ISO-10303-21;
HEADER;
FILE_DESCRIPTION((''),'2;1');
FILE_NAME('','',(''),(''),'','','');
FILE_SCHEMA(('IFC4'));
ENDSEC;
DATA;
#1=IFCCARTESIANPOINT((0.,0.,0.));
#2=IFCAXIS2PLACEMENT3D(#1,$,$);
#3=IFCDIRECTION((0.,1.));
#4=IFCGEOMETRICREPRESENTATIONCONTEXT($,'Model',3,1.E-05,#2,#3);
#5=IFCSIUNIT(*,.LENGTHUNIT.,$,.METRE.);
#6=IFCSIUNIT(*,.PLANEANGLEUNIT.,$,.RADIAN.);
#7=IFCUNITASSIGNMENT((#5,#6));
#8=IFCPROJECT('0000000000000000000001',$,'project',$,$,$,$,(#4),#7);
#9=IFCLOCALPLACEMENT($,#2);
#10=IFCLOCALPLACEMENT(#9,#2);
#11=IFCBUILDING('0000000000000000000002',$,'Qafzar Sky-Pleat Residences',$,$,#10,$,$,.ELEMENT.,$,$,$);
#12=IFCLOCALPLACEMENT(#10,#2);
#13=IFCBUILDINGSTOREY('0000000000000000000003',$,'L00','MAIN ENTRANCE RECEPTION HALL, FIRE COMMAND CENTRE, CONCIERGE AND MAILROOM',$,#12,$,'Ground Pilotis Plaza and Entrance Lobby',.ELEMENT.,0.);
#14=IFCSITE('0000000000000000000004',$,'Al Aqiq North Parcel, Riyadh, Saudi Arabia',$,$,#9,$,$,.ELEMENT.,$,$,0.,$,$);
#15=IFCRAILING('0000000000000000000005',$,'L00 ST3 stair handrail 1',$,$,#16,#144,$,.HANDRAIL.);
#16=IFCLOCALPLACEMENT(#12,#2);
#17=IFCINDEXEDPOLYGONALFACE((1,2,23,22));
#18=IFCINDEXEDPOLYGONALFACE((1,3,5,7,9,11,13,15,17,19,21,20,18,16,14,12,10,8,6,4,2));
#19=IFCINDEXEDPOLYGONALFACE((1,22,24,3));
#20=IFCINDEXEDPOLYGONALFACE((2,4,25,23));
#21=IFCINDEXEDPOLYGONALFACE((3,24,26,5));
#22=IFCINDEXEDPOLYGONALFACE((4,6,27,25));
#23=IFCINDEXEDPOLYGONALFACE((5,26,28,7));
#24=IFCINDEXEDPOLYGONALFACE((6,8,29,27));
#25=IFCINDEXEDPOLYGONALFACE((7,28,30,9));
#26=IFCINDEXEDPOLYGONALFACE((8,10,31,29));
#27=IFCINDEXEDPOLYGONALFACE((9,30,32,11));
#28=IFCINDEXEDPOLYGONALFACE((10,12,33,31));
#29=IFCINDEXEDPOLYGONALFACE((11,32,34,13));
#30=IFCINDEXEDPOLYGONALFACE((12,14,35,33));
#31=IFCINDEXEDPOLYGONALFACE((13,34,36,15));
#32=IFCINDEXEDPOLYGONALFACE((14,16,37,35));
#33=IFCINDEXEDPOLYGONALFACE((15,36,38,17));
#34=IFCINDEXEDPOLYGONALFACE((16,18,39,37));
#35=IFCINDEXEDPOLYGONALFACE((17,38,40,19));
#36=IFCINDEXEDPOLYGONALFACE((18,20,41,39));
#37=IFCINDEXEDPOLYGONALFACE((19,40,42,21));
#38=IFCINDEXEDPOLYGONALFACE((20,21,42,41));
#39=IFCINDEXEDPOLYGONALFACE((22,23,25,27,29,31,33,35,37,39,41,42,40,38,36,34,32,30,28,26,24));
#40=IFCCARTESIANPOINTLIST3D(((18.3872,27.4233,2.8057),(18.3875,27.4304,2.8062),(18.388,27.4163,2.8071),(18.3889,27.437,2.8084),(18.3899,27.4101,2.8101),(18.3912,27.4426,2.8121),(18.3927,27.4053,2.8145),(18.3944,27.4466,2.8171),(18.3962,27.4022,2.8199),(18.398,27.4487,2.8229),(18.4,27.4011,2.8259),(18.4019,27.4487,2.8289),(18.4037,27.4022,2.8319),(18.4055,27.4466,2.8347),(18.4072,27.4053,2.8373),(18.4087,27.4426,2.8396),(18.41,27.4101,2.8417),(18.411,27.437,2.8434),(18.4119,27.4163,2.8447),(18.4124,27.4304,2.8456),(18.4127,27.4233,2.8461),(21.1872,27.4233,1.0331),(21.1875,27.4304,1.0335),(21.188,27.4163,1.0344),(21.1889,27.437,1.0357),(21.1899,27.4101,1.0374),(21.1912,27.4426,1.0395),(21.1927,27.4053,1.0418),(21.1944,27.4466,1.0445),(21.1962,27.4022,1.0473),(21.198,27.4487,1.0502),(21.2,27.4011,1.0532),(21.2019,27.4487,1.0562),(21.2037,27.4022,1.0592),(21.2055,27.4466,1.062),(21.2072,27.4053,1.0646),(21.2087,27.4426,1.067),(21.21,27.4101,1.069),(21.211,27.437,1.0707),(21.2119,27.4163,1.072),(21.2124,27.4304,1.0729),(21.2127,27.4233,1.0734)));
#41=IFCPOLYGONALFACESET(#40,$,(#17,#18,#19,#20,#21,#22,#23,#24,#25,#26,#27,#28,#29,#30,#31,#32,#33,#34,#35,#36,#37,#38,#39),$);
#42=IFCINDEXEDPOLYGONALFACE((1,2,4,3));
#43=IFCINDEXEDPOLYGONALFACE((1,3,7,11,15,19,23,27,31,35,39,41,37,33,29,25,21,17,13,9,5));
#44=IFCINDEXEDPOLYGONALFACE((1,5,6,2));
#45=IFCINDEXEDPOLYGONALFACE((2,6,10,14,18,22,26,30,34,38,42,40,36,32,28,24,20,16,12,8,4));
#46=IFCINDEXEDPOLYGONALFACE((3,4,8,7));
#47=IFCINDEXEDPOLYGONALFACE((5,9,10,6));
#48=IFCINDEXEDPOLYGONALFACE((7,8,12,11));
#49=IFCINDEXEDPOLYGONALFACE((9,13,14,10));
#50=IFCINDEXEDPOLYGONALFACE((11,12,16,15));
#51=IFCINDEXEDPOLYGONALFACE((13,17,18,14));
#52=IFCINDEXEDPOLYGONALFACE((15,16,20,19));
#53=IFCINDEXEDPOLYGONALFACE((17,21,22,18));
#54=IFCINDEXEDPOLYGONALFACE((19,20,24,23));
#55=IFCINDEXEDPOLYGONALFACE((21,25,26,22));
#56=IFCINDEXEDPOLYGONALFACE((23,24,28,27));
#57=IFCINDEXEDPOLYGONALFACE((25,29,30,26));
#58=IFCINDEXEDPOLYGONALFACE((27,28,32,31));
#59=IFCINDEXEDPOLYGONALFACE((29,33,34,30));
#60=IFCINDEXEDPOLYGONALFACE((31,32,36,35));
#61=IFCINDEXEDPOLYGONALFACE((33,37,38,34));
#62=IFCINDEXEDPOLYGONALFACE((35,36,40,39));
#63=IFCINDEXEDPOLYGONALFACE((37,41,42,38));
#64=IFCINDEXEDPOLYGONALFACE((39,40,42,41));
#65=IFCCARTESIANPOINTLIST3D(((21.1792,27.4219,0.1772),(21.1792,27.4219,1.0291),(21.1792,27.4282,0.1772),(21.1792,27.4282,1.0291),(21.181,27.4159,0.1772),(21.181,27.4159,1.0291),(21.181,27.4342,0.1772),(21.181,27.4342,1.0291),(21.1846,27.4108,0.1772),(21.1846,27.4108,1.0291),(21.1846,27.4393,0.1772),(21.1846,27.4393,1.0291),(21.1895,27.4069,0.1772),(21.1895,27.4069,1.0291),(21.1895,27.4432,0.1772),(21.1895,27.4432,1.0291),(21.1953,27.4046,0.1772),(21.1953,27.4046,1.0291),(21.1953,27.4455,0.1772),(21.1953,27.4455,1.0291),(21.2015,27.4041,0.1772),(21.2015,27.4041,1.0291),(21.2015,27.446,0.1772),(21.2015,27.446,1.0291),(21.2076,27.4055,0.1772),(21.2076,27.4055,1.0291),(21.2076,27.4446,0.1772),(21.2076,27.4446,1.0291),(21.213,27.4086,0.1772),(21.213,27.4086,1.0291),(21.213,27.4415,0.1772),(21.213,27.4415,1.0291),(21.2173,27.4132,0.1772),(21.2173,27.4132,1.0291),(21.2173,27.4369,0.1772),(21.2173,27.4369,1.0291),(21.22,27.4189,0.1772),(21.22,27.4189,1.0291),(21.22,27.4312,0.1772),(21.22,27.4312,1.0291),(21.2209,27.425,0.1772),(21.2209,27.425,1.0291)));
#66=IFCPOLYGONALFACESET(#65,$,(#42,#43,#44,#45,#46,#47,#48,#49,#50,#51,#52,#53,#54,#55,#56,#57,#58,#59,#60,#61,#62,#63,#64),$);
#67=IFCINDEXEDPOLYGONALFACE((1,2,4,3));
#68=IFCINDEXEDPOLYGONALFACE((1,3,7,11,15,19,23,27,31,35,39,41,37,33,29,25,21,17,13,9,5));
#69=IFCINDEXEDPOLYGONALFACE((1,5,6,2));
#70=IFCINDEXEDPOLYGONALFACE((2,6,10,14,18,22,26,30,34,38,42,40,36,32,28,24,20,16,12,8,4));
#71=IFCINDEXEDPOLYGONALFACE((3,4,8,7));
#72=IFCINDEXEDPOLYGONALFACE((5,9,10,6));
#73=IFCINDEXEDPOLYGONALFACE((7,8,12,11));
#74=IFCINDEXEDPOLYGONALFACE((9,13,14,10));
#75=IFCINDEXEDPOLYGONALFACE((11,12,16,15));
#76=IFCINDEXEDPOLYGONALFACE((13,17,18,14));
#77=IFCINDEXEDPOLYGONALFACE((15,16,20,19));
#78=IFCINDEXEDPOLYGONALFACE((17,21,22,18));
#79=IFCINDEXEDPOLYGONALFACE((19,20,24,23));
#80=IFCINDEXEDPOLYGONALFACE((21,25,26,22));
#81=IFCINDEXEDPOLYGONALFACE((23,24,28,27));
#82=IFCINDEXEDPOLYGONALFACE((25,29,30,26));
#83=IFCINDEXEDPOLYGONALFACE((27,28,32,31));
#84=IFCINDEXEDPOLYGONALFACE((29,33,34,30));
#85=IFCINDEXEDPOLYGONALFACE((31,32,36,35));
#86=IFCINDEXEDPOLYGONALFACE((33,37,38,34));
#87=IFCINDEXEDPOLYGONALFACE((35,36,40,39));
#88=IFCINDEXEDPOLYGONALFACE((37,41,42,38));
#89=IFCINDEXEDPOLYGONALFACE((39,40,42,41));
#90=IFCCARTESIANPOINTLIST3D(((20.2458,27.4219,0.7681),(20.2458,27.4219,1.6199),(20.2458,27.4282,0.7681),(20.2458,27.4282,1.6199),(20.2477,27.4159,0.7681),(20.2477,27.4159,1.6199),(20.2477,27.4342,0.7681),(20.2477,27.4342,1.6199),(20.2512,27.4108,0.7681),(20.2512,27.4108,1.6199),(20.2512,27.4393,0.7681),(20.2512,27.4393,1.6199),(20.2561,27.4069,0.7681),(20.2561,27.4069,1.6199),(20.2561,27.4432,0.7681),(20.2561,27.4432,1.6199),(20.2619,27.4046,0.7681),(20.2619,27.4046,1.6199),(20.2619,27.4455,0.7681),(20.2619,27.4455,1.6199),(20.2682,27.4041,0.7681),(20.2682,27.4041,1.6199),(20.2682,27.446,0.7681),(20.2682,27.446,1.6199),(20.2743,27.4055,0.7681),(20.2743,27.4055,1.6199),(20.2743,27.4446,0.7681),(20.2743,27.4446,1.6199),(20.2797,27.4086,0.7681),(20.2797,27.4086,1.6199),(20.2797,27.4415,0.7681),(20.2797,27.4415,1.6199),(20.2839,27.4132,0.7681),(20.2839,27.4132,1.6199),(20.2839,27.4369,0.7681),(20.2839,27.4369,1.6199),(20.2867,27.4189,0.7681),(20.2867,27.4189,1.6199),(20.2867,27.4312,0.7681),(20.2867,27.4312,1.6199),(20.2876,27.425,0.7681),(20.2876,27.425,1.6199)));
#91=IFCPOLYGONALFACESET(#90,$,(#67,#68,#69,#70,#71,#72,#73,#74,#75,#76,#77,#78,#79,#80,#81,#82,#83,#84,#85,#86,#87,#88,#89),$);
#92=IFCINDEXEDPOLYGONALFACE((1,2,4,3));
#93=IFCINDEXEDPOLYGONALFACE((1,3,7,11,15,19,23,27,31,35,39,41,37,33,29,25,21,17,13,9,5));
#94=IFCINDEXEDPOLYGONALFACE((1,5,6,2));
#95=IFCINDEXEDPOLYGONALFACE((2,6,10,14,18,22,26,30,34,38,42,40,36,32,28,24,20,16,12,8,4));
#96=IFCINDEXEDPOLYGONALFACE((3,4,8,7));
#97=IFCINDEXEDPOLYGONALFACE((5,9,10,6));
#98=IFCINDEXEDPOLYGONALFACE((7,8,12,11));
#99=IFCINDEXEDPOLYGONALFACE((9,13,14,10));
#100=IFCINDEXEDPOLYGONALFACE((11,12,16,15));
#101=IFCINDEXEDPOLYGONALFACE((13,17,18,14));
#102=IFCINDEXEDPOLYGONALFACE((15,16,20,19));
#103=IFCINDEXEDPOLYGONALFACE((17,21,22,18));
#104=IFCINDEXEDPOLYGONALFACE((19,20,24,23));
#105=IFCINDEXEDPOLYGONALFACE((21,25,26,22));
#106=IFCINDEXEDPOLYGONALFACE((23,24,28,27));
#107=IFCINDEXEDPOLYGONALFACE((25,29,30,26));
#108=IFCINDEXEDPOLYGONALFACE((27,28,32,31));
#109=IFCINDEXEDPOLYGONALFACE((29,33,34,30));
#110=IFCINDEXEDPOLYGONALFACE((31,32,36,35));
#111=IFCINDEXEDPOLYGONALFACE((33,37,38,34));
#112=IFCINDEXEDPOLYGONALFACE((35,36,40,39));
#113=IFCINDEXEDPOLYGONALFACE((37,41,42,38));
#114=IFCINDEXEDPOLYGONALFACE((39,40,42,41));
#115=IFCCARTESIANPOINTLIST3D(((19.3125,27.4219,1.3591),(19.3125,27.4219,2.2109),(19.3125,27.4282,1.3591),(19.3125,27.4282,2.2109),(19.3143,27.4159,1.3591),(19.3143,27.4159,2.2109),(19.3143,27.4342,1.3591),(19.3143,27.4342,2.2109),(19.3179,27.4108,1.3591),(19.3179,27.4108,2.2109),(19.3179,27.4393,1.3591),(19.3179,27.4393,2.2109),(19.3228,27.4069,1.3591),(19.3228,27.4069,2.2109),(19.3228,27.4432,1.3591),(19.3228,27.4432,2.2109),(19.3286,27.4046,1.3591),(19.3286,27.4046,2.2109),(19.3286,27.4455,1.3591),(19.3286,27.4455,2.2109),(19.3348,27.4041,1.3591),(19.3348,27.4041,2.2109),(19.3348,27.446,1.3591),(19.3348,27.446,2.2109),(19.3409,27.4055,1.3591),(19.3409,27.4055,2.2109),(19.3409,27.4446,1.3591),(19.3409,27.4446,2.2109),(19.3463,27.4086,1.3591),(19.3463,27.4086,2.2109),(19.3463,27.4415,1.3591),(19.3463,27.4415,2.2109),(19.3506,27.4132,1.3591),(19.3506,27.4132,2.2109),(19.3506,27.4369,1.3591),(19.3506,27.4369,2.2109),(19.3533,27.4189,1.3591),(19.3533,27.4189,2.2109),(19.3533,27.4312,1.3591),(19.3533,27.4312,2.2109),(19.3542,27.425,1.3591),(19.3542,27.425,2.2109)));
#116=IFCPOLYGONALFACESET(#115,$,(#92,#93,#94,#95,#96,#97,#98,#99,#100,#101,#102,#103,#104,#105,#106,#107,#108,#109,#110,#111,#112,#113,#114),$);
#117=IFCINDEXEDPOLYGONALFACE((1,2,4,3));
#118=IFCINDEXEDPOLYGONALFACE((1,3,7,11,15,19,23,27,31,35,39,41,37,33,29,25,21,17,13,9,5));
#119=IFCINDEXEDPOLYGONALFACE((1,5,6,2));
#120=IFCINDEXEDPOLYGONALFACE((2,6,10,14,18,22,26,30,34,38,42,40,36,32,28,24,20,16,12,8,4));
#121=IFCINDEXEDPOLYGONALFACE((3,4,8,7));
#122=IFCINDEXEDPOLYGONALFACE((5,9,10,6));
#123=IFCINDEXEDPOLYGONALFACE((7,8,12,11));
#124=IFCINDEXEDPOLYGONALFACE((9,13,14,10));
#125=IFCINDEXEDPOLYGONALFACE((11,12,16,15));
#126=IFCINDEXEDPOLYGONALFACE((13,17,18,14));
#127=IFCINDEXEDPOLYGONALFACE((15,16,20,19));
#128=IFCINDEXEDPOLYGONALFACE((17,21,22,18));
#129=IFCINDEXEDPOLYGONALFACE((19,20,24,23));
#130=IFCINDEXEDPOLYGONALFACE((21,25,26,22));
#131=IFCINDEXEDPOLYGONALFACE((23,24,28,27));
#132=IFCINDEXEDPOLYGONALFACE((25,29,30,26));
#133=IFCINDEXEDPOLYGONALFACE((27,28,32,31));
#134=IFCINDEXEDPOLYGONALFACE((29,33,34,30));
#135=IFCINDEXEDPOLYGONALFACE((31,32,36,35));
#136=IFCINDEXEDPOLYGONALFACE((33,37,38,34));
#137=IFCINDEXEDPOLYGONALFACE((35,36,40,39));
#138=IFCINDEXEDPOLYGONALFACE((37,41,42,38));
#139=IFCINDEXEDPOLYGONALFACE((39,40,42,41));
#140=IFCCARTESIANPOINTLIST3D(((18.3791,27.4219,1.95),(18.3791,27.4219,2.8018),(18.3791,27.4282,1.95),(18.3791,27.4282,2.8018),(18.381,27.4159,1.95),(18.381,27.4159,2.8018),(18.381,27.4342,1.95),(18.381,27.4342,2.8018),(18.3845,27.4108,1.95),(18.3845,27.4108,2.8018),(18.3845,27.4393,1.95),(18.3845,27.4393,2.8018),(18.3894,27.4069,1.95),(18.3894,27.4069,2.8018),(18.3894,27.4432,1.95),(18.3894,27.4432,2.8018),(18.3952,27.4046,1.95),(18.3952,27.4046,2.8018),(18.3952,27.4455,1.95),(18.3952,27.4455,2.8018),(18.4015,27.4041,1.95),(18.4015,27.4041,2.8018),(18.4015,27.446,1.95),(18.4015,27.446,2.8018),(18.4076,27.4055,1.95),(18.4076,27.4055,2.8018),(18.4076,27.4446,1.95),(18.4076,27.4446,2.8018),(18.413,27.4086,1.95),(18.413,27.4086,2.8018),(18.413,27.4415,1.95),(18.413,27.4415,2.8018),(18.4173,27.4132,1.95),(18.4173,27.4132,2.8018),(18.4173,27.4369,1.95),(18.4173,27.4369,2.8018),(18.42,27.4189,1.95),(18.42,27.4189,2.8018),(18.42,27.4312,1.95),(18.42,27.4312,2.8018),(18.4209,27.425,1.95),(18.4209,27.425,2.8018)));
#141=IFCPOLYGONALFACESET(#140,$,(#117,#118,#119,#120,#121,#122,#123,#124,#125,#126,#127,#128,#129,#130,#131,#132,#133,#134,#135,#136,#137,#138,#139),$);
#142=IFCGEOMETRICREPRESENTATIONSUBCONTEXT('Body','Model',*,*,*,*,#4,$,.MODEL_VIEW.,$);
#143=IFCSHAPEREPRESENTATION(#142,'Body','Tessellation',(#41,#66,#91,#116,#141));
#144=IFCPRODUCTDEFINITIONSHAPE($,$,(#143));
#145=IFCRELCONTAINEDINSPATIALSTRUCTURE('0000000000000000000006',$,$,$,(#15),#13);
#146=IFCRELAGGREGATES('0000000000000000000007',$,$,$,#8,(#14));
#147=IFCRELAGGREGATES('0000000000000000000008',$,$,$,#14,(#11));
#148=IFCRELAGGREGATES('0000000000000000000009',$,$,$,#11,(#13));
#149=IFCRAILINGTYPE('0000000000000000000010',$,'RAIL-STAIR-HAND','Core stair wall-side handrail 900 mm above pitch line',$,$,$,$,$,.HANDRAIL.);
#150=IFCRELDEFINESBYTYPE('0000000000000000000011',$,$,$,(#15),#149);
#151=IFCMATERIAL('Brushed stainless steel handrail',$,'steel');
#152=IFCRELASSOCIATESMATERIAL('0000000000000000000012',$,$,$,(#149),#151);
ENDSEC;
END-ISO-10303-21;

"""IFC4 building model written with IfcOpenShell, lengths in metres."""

from ifc_helpers import new_model, si_unit, direction, frame, origin, origin_2d, place, context, subcontext, project, spatial, circle, extrude, source, transform, mapped, material, type_object, element, save


model = new_model("IFC4")

# Units and contexts
model_context = context("Model", 3, precision=1e-05, world=origin(), true_north=direction((0.0, 1.0)))
body_context = subcontext(model_context, "Body", "Model", "MODEL_VIEW")
ifc_project = project(units=[si_unit("LENGTHUNIT", "METRE"), si_unit("PLANEANGLEUNIT", "RADIAN")], contexts=[model_context])

# Site, building, storey
site_placement = place(None, origin())
site = spatial("IfcSite", under=ifc_project, at=site_placement, Name="Al Aqiq North Parcel, Riyadh, Saudi Arabia", CompositionType="ELEMENT", RefElevation=0.0)
building_placement = place(site_placement, origin())
building = spatial("IfcBuilding", under=site, at=building_placement, Name="Qafzar Sky-Pleat Residences", CompositionType="ELEMENT")
storey_placement = place(building_placement, origin())
storey = spatial("IfcBuildingStorey", under=building, at=storey_placement, Name="L00", Description="MAIN ENTRANCE RECEPTION HALL, FIRE COMMAND CENTRE, CONCIERGE AND MAILROOM", LongName="Ground Pilotis Plaza and Entrance Lobby", CompositionType="ELEMENT", Elevation=0.0)

# Railing
ifc_material_1 = material(Name="Brushed stainless steel handrail", Category="steel")
railing_type_1 = type_object("IfcRailingType", Name="RAIL-STAIR-HAND", Description="Core stair wall-side handrail 900 mm above pitch line", PredefinedType="HANDRAIL", material=ifc_material_1)
shared_shape_1 = source(origin(), body_context, "Body", "SweptSolid", [
    extrude(circle(Radius=0.0239, at=origin_2d()), frame((0.0, 0.0, 0.876), z_axis=(-0.844909, 0.0, 0.53491), x_axis=(0.0, -1.0, 0.0)), (0.0, 0.0, 1.0), 3.314),
    extrude(circle(Radius=0.021, at=origin_2d()), origin(), (0.0, 0.0, 1.0), 0.8518),
    extrude(circle(Radius=0.021, at=origin_2d()), frame((-0.9333, 0.0, 0.5908)), (0.0, 0.0, 1.0), 0.8518),
    extrude(circle(Radius=0.021, at=origin_2d()), frame((-1.8667, 0.0, 1.1819)), (0.0, 0.0, 1.0), 0.8518),
    extrude(circle(Radius=0.021, at=origin_2d()), frame((-2.8, 0.0, 1.7727)), (0.0, 0.0, 1.0), 0.8518),
])
for number, where, name in (
    (1, (21.2, 27.425, 0.1772), "L00 ST3 stair handrail 1"),
):
    element("IfcRailing", number, at=place(storey_placement, frame(where)), inside=storey, type_object=railing_type_1, Name=name, PredefinedType="HANDRAIL", context=body_context, shape_type="MappedRepresentation", body=[
        mapped(shared_shape_1, transform((0.0, 0.0, 0.0), x_axis=(1.0, 0.0, 0.0), y_axis=(0.0, 1.0, 0.0), z_axis=(0.0, 0.0, 1.0), scale=1.0)),
    ])

save(model, "model.ifc")
